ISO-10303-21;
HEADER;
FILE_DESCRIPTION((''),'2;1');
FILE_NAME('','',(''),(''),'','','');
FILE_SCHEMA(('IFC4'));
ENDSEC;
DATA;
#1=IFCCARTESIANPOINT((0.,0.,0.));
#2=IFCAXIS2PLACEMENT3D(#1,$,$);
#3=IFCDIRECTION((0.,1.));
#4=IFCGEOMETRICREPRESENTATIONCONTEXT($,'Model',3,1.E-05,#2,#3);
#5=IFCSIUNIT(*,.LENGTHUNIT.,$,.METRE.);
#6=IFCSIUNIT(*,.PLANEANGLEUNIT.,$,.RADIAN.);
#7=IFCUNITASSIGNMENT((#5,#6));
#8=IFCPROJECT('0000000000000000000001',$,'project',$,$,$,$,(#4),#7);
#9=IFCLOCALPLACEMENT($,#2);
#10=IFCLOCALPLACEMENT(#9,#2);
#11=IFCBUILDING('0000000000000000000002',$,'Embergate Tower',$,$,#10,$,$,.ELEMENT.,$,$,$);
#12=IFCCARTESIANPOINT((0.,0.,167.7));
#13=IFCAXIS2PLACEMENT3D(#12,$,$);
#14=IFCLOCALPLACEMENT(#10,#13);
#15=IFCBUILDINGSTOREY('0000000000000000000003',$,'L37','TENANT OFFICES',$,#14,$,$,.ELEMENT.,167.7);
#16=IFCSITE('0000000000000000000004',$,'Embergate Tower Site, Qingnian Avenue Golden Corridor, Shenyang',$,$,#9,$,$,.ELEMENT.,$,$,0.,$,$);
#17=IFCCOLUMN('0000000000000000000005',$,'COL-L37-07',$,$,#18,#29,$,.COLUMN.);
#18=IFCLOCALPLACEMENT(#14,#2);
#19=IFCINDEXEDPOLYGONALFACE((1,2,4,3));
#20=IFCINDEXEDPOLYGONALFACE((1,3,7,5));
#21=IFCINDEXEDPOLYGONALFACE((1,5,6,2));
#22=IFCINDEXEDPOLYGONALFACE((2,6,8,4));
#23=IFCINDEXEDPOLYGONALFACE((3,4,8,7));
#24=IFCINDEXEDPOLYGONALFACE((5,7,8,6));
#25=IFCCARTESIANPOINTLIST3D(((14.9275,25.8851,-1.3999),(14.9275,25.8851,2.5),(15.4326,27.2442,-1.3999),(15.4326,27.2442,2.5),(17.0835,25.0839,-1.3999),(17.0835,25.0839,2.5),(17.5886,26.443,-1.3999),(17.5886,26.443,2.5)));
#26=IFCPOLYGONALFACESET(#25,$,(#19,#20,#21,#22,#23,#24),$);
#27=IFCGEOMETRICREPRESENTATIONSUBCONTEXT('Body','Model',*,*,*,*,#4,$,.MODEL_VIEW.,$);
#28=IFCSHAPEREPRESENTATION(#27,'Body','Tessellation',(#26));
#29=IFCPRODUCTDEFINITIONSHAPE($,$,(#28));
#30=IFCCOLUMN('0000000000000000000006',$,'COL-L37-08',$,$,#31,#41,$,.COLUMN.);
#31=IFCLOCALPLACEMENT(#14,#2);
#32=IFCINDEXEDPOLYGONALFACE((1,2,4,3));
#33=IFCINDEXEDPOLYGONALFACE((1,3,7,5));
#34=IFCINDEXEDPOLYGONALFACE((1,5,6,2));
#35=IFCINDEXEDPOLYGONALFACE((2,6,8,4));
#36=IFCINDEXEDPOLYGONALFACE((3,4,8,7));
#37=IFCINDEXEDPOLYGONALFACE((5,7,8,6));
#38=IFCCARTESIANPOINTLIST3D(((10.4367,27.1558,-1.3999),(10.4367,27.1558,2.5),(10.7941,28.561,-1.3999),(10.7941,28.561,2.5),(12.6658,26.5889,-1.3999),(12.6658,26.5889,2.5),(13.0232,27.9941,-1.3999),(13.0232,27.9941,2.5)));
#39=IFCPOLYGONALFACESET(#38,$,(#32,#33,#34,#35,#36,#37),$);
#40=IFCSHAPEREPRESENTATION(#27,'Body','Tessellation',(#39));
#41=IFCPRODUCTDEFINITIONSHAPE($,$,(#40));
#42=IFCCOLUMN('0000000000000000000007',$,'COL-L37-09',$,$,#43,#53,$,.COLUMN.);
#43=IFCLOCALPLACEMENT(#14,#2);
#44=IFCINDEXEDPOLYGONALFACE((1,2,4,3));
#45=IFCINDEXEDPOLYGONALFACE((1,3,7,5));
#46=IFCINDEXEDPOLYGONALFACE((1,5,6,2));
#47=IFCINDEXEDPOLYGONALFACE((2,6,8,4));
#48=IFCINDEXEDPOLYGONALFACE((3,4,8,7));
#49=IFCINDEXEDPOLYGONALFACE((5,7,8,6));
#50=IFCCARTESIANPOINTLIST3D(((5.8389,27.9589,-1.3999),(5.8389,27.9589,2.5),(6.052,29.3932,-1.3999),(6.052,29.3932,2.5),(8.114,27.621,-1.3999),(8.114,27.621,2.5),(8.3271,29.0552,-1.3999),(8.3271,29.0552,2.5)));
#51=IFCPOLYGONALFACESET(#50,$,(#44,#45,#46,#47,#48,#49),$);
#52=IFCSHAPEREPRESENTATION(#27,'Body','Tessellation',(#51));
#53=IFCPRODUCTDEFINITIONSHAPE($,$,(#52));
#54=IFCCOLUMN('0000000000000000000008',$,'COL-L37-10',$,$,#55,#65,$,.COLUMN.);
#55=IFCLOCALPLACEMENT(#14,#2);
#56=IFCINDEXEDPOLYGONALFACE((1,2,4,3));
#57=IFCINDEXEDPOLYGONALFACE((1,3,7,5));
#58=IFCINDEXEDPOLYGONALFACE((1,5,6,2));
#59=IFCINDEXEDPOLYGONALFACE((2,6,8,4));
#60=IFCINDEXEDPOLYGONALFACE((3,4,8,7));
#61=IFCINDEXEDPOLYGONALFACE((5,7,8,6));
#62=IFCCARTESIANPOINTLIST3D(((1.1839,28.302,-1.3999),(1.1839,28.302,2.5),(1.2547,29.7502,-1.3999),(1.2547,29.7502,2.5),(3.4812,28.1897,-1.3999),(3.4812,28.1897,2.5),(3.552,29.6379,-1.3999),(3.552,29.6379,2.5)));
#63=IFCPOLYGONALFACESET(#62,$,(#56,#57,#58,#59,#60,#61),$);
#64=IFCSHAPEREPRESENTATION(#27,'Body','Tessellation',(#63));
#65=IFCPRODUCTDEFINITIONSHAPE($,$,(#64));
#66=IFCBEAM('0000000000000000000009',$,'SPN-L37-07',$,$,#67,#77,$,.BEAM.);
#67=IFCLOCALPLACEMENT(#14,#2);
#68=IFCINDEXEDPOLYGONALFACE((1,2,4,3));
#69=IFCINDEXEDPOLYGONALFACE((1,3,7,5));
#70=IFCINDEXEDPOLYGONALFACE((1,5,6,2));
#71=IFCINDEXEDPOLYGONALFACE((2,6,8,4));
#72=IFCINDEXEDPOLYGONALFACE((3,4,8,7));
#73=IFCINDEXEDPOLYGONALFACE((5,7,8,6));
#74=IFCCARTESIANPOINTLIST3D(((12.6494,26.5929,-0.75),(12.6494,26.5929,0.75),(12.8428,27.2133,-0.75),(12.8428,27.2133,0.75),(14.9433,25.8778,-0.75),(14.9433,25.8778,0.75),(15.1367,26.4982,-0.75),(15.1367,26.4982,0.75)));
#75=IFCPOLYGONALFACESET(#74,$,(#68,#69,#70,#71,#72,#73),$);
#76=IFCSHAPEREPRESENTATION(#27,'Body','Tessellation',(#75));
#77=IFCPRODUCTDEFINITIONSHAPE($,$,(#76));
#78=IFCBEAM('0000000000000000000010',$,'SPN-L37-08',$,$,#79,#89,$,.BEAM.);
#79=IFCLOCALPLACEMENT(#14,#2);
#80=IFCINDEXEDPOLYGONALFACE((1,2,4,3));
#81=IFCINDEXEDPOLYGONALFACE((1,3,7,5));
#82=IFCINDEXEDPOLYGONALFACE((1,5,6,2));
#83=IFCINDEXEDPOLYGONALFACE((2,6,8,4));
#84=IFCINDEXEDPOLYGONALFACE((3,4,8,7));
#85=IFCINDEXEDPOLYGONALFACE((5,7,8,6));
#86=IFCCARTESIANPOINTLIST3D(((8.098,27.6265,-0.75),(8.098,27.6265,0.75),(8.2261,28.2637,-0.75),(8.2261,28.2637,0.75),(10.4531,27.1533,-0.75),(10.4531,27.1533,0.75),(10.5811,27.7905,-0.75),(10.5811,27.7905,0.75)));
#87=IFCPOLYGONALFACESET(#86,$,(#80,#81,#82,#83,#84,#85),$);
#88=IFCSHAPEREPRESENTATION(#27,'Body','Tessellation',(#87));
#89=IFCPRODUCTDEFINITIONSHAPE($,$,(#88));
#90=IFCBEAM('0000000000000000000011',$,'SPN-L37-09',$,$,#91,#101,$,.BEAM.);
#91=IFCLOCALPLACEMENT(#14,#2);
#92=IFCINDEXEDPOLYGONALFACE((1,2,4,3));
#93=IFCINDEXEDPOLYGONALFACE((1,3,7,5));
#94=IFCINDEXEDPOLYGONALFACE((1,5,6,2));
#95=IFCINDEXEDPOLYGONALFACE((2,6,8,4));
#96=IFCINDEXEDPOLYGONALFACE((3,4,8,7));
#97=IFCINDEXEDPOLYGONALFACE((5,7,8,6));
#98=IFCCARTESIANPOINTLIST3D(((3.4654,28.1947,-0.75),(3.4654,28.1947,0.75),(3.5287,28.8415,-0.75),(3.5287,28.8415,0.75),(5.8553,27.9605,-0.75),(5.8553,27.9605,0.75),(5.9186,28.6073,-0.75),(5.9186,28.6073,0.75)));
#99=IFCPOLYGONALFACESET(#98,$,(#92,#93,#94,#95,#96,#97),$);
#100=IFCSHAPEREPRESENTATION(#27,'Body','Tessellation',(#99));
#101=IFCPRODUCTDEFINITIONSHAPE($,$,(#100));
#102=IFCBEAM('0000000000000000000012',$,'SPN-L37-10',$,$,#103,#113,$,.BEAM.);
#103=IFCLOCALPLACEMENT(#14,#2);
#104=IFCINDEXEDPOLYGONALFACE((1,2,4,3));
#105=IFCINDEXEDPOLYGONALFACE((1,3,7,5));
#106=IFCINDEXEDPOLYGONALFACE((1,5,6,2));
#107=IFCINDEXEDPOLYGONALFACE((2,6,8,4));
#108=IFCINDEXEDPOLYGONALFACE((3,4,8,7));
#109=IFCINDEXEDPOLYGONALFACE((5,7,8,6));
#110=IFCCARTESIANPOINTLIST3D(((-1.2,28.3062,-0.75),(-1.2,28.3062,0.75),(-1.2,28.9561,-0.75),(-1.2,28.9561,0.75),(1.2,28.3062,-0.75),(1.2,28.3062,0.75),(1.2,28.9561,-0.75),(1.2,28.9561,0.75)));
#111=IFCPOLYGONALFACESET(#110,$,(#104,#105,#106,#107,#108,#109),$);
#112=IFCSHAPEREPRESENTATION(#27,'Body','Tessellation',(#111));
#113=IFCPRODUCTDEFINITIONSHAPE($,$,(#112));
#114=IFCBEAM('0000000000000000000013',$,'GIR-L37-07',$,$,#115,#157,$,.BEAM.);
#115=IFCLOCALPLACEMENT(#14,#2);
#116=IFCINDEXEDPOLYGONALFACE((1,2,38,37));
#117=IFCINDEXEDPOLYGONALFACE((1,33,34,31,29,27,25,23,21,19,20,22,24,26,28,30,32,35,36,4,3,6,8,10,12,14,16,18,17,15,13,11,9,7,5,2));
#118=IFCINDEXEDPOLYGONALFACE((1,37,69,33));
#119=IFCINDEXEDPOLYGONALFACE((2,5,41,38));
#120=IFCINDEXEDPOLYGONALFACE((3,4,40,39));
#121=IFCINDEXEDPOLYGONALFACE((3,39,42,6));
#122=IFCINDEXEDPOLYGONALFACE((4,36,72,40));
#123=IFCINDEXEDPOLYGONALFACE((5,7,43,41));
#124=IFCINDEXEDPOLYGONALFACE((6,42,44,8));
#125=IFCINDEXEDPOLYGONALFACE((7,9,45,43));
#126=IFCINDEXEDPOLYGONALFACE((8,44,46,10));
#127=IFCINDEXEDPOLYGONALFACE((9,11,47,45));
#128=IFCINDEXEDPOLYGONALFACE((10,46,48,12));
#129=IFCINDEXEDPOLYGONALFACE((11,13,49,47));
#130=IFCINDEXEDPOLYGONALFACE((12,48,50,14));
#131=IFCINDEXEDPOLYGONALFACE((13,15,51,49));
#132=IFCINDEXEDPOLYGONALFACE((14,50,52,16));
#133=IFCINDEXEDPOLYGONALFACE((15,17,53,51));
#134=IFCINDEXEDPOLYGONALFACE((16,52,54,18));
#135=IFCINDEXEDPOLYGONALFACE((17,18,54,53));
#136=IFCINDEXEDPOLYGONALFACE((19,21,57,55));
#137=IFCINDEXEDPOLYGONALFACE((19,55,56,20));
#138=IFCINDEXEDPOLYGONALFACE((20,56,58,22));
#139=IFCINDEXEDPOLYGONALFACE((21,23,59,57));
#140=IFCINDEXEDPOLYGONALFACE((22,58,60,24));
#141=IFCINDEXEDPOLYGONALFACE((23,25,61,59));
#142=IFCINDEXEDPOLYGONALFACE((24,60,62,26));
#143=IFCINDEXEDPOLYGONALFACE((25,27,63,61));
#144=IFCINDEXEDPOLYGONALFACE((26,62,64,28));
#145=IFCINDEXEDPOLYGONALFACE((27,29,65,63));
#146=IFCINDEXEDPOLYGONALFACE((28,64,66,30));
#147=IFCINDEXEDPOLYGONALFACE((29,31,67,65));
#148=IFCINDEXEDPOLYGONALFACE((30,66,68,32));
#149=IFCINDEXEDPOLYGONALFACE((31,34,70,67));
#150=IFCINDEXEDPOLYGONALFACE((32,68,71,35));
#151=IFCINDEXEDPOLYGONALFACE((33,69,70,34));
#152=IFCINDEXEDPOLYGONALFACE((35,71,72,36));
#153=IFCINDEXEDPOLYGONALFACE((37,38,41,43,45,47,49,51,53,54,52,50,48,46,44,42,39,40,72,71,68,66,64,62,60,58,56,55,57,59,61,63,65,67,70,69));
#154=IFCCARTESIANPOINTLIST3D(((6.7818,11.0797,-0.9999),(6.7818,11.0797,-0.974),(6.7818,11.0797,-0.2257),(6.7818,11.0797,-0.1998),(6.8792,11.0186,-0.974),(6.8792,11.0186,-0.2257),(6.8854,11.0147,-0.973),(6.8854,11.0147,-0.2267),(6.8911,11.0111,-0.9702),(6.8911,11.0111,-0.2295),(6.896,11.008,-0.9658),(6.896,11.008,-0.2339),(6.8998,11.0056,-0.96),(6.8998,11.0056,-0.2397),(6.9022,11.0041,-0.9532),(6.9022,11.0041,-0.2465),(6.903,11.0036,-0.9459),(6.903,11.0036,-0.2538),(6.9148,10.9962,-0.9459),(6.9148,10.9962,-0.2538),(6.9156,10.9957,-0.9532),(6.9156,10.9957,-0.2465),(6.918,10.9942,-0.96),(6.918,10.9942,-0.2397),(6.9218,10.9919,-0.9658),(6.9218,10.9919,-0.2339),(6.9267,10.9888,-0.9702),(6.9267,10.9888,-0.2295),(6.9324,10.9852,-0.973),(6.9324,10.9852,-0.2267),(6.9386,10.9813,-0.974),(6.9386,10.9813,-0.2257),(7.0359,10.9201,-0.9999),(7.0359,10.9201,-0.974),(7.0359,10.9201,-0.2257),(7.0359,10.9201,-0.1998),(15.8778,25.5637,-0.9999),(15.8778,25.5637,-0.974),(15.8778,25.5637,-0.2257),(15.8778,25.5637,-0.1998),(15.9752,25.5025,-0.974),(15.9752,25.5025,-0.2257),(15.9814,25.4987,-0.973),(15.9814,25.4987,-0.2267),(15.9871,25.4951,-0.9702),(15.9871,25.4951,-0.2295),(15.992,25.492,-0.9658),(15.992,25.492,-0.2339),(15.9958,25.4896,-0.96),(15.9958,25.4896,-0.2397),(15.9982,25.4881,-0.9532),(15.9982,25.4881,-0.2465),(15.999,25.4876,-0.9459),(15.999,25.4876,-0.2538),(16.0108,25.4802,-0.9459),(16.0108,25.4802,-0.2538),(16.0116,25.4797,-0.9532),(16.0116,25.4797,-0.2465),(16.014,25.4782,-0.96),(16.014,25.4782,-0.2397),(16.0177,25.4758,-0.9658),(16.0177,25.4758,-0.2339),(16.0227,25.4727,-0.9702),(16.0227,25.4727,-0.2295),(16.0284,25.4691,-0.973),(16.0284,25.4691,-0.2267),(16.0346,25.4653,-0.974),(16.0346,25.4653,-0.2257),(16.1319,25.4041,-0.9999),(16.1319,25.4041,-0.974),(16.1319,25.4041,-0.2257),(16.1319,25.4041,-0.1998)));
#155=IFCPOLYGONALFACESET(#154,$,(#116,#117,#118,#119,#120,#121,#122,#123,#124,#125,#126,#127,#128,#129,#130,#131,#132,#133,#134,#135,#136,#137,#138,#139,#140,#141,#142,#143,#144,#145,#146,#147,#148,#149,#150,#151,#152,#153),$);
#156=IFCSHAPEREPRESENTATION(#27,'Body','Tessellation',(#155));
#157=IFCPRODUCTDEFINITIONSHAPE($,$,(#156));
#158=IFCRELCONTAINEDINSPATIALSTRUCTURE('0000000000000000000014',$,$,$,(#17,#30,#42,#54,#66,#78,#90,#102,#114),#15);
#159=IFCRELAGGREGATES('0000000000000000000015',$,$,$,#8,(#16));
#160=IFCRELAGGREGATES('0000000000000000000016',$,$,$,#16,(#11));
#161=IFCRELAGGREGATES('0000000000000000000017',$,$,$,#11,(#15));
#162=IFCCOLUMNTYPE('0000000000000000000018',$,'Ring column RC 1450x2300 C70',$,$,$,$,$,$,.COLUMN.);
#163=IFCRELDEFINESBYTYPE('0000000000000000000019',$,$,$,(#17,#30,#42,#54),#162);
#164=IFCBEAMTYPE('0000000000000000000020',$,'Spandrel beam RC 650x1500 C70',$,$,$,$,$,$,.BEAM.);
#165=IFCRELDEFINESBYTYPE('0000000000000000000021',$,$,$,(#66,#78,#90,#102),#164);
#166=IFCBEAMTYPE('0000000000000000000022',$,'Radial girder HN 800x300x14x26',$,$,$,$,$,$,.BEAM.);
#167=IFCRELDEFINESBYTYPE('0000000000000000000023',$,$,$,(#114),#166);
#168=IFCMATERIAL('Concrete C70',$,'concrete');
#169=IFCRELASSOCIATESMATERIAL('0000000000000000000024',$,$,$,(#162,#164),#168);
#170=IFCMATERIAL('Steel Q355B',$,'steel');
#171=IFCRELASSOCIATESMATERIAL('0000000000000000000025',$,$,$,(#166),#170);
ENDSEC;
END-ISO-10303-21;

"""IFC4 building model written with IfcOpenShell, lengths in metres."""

from ifc_helpers import new_model, si_unit, direction, frame, origin, origin_2d, place, context, subcontext, project, spatial, rectangle, i_section, extrude, source, transform, mapped, material, material_profile, profile_set, type_object, element, save


model = new_model("IFC4")

# Units and contexts
model_context = context("Model", 3, precision=1e-05, world=origin(), true_north=direction((0.0, 1.0)))
body_context = subcontext(model_context, "Body", "Model", "MODEL_VIEW")
ifc_project = project(units=[si_unit("LENGTHUNIT", "METRE"), si_unit("PLANEANGLEUNIT", "RADIAN")], contexts=[model_context])

# Site, building, storey
site_placement = place(None, origin())
site = spatial("IfcSite", under=ifc_project, at=site_placement, Name="Embergate Tower Site, Qingnian Avenue Golden Corridor, Shenyang", CompositionType="ELEMENT", RefElevation=0.0)
building_placement = place(site_placement, origin())
building = spatial("IfcBuilding", under=site, at=building_placement, Name="Embergate Tower", CompositionType="ELEMENT")
storey_placement = place(building_placement, frame((0.0, 0.0, 167.7)))
storey = spatial("IfcBuildingStorey", under=building, at=storey_placement, Name="L37", Description="TENANT OFFICES", CompositionType="ELEMENT", Elevation=167.7)

# Columns
ifc_material_1 = material(Name="Concrete C70", Category="concrete")
ifc_material_profile_1 = material_profile(ifc_material_1, rectangle(XDim=1.45, YDim=2.3, at=origin_2d()), Name="RC 1450x2300")
ifc_profile_set_1 = profile_set([ifc_material_profile_1], Name="Concrete C70")
column_type = type_object("IfcColumnType", Name="Ring column RC 1450x2300 C70", PredefinedType="COLUMN", material=ifc_profile_set_1)
shared_shape_1 = source(origin(), body_context, "Body", "SweptSolid", [
    extrude(rectangle(XDim=1.45, YDim=2.3, at=origin_2d()), origin(), (0.0, 0.0, 1.0), 3.8999),
])
for number, where, z_axis, x_axis, name in (
    (1, (16.2581, 26.1641, -1.3999), (0.0, 0.0, 1.0), (0.348343, 0.937367, 0.0), "COL-L37-07"),
    (2, (11.73, 27.575, -1.3999), (0.0, 0.0, 1.0), (0.246492, 0.969145, 0.0), "COL-L37-08"),
    (3, (7.083, 28.5071, -1.3999), (0.0, 0.0, 1.0), (0.146929, 0.989147, 0.0), "COL-L37-09"),
    (4, (2.3679, 28.97, -1.3999), (0.0, 0.0, 1.0), (0.048815, 0.998808, 0.0), "COL-L37-10"),
):
    element("IfcColumn", number, at=place(storey_placement, frame(where, z_axis=z_axis, x_axis=x_axis)), inside=storey, type_object=column_type, Name=name, PredefinedType="COLUMN", context=body_context, shape_type="MappedRepresentation", body=[
        mapped(shared_shape_1, transform((0.0, 0.0, 0.0))),
    ])

# Beams
ifc_material_profile_2 = material_profile(ifc_material_1, rectangle(XDim=0.6499, YDim=1.5, at=origin_2d()), Name="RC 650x1500")
ifc_profile_set_2 = profile_set([ifc_material_profile_2], Name="Concrete C70")
beam_type_1 = type_object("IfcBeamType", Name="Spandrel beam RC 650x1500 C70", PredefinedType="BEAM", material=ifc_profile_set_2)
shared_shape_2 = source(origin(), body_context, "Body", "SweptSolid", [
    extrude(rectangle(XDim=0.6499, YDim=1.5, at=origin_2d()), origin(), (0.0, 0.0, 1.0), 2.4028),
])
beam_1_placement = place(storey_placement, frame((15.04, 26.188, 0.0), z_axis=(-0.954689, 0.297604, 0.0), x_axis=(-0.297604, -0.954689, 0.0)))
element("IfcBeam", 5, at=beam_1_placement, inside=storey, type_object=beam_type_1, Name="SPN-L37-07", PredefinedType="BEAM", context=body_context, shape_type="MappedRepresentation", body=[
    mapped(shared_shape_2, transform((0.0, 0.0, 0.0))),
])
shared_shape_3 = source(origin(), body_context, "Body", "SweptSolid", [
    extrude(rectangle(XDim=0.6499, YDim=1.5, at=origin_2d()), origin(), (0.0, 0.0, 1.0), 2.4021),
])
beam_2_placement = place(storey_placement, frame((10.5171, 27.4719, 0.0), z_axis=(-0.980408, 0.196976, 0.0), x_axis=(-0.196976, -0.980408, 0.0)))
element("IfcBeam", 6, at=beam_2_placement, inside=storey, type_object=beam_type_1, Name="SPN-L37-08", PredefinedType="BEAM", context=body_context, shape_type="MappedRepresentation", body=[
    mapped(shared_shape_3, transform((0.0, 0.0, 0.0))),
])
shared_shape_4 = source(origin(), body_context, "Body", "SweptSolid", [
    extrude(rectangle(XDim=0.6499, YDim=1.5, at=origin_2d()), origin(), (0.0, 0.0, 1.0), 2.4014),
])
beam_3_placement = place(storey_placement, frame((5.887, 28.2839, 0.0), z_axis=(-0.995235, 0.0975, 0.0), x_axis=(-0.0975, -0.995235, 0.0)))
element("IfcBeam", 7, at=beam_3_placement, inside=storey, type_object=beam_type_1, Name="SPN-L37-09", PredefinedType="BEAM", context=body_context, shape_type="MappedRepresentation", body=[
    mapped(shared_shape_4, transform((0.0, 0.0, 0.0))),
])
shared_shape_5 = source(origin(), body_context, "Body", "SweptSolid", [
    extrude(rectangle(XDim=0.6499, YDim=1.5, at=origin_2d()), origin(), (0.0, 0.0, 1.0), 2.3999),
])
beam_4_placement = place(storey_placement, frame((1.2, 28.6311, 0.0), z_axis=(-1.0, 0.0, 0.0), x_axis=(0.0, -1.0, 0.0)))
element("IfcBeam", 8, at=beam_4_placement, inside=storey, type_object=beam_type_1, Name="SPN-L37-10", PredefinedType="BEAM", context=body_context, shape_type="MappedRepresentation", body=[
    mapped(shared_shape_5, transform((0.0, 0.0, 0.0))),
])
ifc_material_2 = material(Name="Steel Q355B", Category="steel")
ifc_material_profile_3 = material_profile(ifc_material_2, i_section(OverallWidth=0.3, OverallDepth=0.8, WebThickness=0.0139, FlangeThickness=0.0259, FilletRadius=0.0281, at=origin_2d()), Name="HN 800x300x14x26")
ifc_profile_set_3 = profile_set([ifc_material_profile_3], Name="Steel Q355 grade B")
beam_type_2 = type_object("IfcBeamType", Name="Radial girder HN 800x300x14x26", PredefinedType="BEAM", material=ifc_profile_set_3)
shared_shape_6 = source(origin(), body_context, "Body", "SweptSolid", [
    extrude(i_section(OverallWidth=0.3, OverallDepth=0.8, WebThickness=0.0139, FlangeThickness=0.0259, FilletRadius=0.0281, at=origin_2d()), origin(), (0.0, 0.0, 1.0), 17.1033),
])
beam_5_placement = place(storey_placement, frame((16.0049, 25.4839, -0.5999), z_axis=(-0.531827, -0.846853, 0.0), x_axis=(0.846853, -0.531827, 0.0)))
element("IfcBeam", 9, at=beam_5_placement, inside=storey, type_object=beam_type_2, Name="GIR-L37-07", PredefinedType="BEAM", context=body_context, shape_type="MappedRepresentation", body=[
    mapped(shared_shape_6, transform((0.0, 0.0, 0.0))),
])

save(model, "model.ifc")
